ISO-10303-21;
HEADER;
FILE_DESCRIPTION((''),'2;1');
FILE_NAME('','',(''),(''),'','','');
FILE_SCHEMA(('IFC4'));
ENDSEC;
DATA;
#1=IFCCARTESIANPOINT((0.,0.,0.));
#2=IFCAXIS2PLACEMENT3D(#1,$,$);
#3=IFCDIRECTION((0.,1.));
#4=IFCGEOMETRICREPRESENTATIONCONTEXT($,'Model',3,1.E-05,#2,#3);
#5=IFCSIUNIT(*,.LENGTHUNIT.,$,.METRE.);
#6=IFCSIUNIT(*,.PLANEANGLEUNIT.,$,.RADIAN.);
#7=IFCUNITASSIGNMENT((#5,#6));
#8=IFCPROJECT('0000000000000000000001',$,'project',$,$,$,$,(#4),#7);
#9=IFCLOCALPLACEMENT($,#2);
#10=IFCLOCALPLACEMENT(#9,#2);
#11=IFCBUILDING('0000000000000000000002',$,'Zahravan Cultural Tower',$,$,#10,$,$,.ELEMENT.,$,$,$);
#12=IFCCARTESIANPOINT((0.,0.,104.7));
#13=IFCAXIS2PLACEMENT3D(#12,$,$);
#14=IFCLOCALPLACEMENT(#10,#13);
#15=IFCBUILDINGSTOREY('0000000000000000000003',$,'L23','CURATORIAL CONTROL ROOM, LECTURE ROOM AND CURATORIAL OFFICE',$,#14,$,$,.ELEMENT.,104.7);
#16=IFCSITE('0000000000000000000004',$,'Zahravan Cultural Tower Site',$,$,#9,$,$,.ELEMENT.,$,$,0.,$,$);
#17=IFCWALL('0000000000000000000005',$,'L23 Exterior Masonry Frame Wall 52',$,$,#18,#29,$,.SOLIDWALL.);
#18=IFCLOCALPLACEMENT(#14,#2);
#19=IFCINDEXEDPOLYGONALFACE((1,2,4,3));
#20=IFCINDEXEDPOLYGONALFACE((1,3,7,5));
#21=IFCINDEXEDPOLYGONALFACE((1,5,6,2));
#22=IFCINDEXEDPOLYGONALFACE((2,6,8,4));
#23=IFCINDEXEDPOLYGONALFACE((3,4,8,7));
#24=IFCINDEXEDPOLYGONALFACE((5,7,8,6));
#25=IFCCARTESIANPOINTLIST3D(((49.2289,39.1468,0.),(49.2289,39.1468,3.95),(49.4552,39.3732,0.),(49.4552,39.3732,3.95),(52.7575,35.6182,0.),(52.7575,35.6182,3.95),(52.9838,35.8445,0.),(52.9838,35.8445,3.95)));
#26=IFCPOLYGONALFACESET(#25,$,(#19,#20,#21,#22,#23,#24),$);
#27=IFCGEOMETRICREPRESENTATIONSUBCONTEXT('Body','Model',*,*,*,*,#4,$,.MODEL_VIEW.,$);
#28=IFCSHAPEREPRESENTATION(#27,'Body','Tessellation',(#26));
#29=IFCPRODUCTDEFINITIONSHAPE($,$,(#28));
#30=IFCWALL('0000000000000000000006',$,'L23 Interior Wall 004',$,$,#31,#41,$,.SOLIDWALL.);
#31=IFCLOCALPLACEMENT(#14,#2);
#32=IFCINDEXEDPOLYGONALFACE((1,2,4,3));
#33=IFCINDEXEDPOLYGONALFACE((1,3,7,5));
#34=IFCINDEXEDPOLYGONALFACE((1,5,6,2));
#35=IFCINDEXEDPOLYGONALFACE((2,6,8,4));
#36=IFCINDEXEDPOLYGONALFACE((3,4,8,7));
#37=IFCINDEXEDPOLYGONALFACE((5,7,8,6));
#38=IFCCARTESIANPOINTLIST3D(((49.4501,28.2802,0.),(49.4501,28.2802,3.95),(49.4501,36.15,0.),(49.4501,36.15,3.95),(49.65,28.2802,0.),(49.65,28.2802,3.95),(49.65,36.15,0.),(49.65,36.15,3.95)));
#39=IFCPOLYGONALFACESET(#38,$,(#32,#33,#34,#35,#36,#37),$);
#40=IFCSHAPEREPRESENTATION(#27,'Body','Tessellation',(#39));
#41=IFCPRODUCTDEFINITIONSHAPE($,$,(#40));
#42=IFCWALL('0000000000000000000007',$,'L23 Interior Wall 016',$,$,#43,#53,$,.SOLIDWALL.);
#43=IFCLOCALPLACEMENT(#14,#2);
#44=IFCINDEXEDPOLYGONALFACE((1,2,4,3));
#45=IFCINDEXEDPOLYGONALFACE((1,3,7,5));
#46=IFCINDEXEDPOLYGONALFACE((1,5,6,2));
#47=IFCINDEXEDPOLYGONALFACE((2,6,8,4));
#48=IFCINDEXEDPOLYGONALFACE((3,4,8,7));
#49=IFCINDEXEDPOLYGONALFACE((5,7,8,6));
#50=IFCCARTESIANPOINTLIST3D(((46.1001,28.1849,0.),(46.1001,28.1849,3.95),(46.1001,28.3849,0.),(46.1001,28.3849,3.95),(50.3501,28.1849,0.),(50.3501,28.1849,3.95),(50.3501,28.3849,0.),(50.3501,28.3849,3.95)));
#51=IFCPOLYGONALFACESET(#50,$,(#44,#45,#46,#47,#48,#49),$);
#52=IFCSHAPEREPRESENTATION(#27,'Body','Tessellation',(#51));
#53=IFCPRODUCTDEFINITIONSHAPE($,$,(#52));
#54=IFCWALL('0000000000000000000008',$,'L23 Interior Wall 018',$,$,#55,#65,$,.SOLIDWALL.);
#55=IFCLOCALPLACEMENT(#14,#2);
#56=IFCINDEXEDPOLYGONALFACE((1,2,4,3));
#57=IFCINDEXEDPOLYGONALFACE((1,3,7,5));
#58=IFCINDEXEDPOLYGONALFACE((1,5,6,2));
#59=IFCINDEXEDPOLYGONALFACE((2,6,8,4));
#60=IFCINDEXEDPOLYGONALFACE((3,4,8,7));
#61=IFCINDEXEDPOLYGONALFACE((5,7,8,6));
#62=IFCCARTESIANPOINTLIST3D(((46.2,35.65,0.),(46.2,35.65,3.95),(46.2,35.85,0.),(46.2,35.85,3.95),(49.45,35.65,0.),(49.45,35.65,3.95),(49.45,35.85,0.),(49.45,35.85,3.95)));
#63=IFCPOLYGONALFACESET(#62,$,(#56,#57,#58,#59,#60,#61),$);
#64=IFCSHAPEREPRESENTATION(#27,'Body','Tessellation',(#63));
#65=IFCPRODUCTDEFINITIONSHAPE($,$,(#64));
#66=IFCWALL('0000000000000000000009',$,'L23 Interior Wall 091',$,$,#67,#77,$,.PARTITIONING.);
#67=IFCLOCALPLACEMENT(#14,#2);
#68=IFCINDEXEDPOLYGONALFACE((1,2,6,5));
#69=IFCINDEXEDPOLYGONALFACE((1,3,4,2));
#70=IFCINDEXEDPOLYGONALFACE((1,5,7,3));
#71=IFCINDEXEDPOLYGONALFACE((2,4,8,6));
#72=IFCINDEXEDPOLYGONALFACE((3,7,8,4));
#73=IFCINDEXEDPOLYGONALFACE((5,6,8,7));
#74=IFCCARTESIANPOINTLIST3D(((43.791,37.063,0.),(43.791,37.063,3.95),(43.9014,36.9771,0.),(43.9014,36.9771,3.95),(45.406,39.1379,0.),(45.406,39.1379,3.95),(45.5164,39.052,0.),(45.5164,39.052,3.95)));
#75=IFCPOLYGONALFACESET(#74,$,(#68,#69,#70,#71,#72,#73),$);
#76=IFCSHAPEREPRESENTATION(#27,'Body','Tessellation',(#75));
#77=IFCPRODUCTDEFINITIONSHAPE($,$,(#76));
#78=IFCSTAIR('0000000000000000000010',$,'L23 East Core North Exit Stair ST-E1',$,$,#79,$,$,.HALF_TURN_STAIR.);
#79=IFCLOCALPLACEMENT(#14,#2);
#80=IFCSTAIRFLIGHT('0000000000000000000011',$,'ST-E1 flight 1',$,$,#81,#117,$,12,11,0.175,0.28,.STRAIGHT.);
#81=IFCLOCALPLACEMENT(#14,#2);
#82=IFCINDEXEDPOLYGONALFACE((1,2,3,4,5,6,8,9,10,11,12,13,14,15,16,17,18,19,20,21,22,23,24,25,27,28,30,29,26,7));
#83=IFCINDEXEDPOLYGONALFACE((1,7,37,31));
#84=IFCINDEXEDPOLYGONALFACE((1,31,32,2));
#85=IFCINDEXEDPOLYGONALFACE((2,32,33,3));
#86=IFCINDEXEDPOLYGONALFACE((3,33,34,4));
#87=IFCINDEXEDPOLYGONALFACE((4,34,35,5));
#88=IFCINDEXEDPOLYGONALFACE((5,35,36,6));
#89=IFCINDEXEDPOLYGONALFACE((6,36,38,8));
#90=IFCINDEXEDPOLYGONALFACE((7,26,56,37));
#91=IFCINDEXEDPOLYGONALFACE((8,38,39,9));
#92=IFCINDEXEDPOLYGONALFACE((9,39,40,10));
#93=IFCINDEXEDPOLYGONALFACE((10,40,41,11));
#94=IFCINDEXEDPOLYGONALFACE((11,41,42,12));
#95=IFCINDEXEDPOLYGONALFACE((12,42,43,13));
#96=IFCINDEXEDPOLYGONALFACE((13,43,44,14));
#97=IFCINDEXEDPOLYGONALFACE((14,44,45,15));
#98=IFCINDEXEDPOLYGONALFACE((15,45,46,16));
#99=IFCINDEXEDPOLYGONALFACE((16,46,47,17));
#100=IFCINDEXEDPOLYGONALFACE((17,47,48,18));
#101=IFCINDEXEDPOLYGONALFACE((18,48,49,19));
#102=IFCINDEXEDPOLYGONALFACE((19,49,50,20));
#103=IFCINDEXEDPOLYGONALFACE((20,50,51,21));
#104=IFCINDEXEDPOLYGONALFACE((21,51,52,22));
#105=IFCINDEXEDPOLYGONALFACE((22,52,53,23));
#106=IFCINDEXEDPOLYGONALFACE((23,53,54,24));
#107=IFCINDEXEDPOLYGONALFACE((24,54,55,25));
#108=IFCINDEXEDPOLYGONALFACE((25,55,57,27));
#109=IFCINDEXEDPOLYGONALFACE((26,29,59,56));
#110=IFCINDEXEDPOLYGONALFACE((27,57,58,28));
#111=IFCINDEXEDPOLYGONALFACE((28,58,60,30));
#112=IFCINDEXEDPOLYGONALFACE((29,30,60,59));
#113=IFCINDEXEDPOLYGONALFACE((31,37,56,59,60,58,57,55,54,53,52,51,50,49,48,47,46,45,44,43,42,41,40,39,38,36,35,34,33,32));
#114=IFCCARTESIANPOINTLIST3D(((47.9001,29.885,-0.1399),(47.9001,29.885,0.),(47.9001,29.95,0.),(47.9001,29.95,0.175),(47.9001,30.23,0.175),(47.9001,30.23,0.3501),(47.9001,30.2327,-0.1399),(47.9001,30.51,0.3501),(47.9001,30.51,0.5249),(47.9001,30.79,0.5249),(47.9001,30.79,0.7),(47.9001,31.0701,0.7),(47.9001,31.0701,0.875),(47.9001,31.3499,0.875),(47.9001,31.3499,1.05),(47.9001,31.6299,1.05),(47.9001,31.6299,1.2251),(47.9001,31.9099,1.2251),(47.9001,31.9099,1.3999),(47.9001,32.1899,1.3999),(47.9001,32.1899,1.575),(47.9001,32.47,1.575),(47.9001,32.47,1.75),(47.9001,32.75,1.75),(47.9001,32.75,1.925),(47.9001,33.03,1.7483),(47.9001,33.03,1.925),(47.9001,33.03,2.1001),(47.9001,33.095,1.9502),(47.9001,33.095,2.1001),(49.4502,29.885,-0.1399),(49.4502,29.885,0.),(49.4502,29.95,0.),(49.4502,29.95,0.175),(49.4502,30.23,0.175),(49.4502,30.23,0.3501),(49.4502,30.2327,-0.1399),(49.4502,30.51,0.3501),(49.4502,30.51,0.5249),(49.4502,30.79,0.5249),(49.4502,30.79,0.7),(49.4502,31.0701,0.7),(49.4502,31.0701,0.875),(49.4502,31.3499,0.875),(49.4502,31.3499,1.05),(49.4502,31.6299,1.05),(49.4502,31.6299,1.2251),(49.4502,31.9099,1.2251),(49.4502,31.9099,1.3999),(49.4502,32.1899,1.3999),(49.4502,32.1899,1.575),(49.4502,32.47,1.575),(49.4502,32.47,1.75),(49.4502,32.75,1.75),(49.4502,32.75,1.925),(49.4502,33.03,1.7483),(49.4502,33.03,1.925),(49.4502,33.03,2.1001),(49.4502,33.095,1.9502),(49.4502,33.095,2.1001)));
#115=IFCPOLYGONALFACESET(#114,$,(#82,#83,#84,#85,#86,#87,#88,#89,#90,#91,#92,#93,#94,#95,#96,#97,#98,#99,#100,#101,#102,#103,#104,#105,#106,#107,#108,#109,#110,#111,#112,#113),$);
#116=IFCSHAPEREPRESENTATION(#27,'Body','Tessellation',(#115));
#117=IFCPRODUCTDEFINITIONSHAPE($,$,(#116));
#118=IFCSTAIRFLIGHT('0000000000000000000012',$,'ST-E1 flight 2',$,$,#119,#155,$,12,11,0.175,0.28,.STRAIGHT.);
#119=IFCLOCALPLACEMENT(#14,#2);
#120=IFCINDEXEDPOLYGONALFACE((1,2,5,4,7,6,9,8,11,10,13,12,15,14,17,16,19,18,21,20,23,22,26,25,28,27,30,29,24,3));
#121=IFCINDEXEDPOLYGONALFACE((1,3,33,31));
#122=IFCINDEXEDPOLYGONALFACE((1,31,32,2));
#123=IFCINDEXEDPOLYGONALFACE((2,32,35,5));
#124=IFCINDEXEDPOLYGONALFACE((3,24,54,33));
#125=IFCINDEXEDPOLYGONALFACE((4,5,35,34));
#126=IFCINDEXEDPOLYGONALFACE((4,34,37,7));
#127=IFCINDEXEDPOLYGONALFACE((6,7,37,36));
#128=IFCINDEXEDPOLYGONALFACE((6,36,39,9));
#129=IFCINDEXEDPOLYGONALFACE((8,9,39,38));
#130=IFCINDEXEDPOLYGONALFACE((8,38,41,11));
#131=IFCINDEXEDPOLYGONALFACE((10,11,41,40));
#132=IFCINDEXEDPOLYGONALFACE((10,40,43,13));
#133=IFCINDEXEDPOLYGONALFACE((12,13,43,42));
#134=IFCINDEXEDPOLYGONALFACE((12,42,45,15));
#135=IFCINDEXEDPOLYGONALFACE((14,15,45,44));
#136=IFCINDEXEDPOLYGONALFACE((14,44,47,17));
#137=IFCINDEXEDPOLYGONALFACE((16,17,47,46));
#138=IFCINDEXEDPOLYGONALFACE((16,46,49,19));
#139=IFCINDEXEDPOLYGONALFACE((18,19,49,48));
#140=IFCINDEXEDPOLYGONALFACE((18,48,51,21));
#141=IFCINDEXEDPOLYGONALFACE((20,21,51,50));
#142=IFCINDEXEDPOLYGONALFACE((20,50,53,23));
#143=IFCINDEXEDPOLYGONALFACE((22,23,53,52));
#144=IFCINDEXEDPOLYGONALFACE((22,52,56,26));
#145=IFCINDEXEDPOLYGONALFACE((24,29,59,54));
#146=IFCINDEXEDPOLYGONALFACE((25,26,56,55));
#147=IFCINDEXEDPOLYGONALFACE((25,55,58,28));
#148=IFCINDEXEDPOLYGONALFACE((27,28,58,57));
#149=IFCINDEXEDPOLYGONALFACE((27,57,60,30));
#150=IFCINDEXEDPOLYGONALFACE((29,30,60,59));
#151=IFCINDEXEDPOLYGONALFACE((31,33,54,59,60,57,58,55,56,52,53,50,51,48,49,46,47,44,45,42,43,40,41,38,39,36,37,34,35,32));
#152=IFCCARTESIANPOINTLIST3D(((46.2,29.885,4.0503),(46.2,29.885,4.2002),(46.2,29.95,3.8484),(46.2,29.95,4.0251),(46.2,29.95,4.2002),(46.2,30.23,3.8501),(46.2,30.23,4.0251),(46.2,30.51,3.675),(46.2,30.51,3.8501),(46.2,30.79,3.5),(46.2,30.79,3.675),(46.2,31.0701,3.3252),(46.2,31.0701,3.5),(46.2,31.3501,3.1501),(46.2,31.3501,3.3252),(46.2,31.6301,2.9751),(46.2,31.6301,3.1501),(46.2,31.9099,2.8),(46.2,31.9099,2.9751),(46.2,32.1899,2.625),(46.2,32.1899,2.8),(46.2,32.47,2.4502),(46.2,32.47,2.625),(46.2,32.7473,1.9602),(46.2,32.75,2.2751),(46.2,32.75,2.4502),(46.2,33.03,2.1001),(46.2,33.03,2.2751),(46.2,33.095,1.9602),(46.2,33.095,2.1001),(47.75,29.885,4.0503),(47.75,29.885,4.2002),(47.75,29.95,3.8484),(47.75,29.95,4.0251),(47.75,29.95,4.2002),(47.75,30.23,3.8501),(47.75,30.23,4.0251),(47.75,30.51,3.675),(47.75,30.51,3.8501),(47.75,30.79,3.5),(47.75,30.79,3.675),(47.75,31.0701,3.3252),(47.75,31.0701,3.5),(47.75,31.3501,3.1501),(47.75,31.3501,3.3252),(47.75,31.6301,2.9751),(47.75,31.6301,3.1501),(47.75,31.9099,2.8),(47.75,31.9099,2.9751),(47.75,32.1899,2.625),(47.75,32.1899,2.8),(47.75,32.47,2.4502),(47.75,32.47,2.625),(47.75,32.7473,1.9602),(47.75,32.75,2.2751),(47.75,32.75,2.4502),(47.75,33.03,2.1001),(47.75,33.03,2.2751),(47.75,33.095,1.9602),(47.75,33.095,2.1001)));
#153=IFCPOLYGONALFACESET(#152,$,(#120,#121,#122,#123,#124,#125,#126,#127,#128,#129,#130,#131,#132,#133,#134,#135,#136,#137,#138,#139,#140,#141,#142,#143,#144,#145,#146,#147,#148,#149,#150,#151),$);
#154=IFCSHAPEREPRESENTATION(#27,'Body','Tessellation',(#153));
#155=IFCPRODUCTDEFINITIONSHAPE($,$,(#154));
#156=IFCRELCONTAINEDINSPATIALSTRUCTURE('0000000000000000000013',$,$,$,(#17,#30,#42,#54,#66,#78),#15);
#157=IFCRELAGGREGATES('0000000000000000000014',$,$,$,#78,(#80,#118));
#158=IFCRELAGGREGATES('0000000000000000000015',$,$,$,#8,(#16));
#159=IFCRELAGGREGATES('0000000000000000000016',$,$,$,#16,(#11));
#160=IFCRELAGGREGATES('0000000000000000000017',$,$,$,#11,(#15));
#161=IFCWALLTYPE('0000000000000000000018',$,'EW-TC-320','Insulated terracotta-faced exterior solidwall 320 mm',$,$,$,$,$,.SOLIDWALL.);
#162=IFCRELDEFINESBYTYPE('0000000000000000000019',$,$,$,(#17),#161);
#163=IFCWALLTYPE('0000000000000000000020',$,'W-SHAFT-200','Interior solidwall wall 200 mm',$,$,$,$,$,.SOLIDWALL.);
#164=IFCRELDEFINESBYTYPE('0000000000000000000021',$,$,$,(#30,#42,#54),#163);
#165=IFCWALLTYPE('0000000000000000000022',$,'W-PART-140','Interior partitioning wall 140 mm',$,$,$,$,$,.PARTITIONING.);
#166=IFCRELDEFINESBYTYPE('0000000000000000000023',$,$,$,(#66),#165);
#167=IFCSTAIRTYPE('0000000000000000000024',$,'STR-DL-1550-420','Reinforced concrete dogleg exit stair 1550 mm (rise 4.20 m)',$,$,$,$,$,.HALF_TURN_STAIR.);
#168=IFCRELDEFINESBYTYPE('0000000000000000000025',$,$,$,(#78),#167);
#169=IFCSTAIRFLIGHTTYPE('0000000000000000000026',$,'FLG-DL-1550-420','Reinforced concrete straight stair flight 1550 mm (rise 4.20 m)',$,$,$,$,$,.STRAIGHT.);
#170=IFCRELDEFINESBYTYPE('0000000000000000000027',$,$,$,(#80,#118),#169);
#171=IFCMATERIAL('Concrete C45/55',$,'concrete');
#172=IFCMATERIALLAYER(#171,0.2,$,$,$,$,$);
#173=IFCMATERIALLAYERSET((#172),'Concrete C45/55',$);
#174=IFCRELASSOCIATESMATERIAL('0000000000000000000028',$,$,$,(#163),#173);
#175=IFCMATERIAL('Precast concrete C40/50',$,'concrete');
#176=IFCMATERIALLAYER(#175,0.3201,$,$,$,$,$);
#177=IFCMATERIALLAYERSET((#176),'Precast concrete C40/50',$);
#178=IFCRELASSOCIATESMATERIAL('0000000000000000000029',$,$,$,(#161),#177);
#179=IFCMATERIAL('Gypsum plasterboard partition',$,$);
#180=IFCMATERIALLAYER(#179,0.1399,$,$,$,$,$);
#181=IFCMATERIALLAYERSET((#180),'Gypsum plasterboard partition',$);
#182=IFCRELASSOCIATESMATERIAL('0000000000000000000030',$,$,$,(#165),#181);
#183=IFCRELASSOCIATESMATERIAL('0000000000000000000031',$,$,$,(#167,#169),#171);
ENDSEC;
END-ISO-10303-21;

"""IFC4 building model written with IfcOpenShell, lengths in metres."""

from ifc_helpers import new_model, si_unit, direction, frame, frame_2d, origin, place, context, subcontext, project, spatial, polyline, rectangle, outline, extrude, source, transform, mapped, material, layer, layer_set, type_object, element, aggregate, save


model = new_model("IFC4")

# Units and contexts
model_context = context("Model", 3, precision=1e-05, world=origin(), true_north=direction((0.0, 1.0)))
body_context = subcontext(model_context, "Body", "Model", "MODEL_VIEW")
ifc_project = project(units=[si_unit("LENGTHUNIT", "METRE"), si_unit("PLANEANGLEUNIT", "RADIAN")], contexts=[model_context])

# Site, building, storey
site_placement = place(None, origin())
site = spatial("IfcSite", under=ifc_project, at=site_placement, Name="Zahravan Cultural Tower Site", CompositionType="ELEMENT", RefElevation=0.0)
building_placement = place(site_placement, origin())
building = spatial("IfcBuilding", under=site, at=building_placement, Name="Zahravan Cultural Tower", CompositionType="ELEMENT")
storey_placement = place(building_placement, frame((0.0, 0.0, 104.7)))
storey = spatial("IfcBuildingStorey", under=building, at=storey_placement, Name="L23", Description="CURATORIAL CONTROL ROOM, LECTURE ROOM AND CURATORIAL OFFICE", CompositionType="ELEMENT", Elevation=104.7)

# Shared definitions
ifc_material_1 = material(Name="Concrete C45/55", Category="concrete")
ifc_layer_1 = layer(ifc_material_1, 0.2)
ifc_layer_set_1 = layer_set([ifc_layer_1], Name="Concrete C45/55")
wall_type_1 = type_object("IfcWallType", Name="W-SHAFT-200", Description="Interior solidwall wall 200 mm", PredefinedType="SOLIDWALL", material=ifc_layer_set_1)

# Walls
ifc_material_2 = material(Name="Precast concrete C40/50", Category="concrete")
ifc_layer_2 = layer(ifc_material_2, 0.3201)
ifc_layer_set_2 = layer_set([ifc_layer_2], Name="Precast concrete C40/50")
wall_type_2 = type_object("IfcWallType", Name="EW-TC-320", Description="Insulated terracotta-faced exterior solidwall 320 mm", PredefinedType="SOLIDWALL", material=ifc_layer_set_2)
shared_shape_1 = source(origin(), body_context, "Body", "SweptSolid", [
    extrude(rectangle(XDim=4.9902, YDim=0.3201, at=frame_2d((2.4951, 0.0))), origin(), (0.0, 0.0, 1.0), 3.95),
])
wall_1_placement = place(storey_placement, frame((49.342, 39.26, 0.0), z_axis=(0.0, 0.0, 1.0), x_axis=(0.707107, -0.707107, 0.0)))
element("IfcWall", 1, at=wall_1_placement, inside=storey, type_object=wall_type_2, Name="L23 Exterior Masonry Frame Wall 52", PredefinedType="SOLIDWALL", context=body_context, shape_type="MappedRepresentation", body=[
    mapped(shared_shape_1, transform((0.0, 0.0, 0.0), x_axis=(1.0, 0.0, 0.0), y_axis=(0.0, 1.0, 0.0), z_axis=(0.0, 0.0, 1.0), scale=1.0)),
])
shared_shape_2 = source(origin(), body_context, "Body", "SweptSolid", [
    extrude(rectangle(XDim=7.8699, YDim=0.2, at=frame_2d((3.9351, 0.0))), origin(), (0.0, 0.0, 1.0), 3.95),
])
wall_2_placement = place(storey_placement, frame((49.55, 28.28, 0.0), z_axis=(0.0, 0.0, 1.0), x_axis=(0.0, 1.0, 0.0)))
element("IfcWall", 2, at=wall_2_placement, inside=storey, type_object=wall_type_1, Name="L23 Interior Wall 004", PredefinedType="SOLIDWALL", context=body_context, shape_type="MappedRepresentation", body=[
    mapped(shared_shape_2, transform((0.0, 0.0, 0.0), x_axis=(1.0, 0.0, 0.0), y_axis=(0.0, 1.0, 0.0), z_axis=(0.0, 0.0, 1.0), scale=1.0)),
])
shared_shape_3 = source(origin(), body_context, "Body", "SweptSolid", [
    extrude(rectangle(XDim=4.25, YDim=0.2, at=frame_2d((2.125, 0.0))), origin(), (0.0, 0.0, 1.0), 3.95),
])
wall_3_placement = place(storey_placement, frame((46.1001, 28.2849, 0.0), z_axis=(0.0, 0.0, 1.0), x_axis=(1.0, 0.0, 0.0)))
element("IfcWall", 3, at=wall_3_placement, inside=storey, type_object=wall_type_1, Name="L23 Interior Wall 016", PredefinedType="SOLIDWALL", context=body_context, shape_type="MappedRepresentation", body=[
    mapped(shared_shape_3, transform((0.0, 0.0, 0.0), x_axis=(1.0, 0.0, 0.0), y_axis=(0.0, 1.0, 0.0), z_axis=(0.0, 0.0, 1.0), scale=1.0)),
])
shared_shape_4 = source(origin(), body_context, "Body", "SweptSolid", [
    extrude(rectangle(XDim=3.25, YDim=0.2, at=frame_2d((1.625, 0.0))), origin(), (0.0, 0.0, 1.0), 3.95),
])
wall_4_placement = place(storey_placement, frame((46.2, 35.75, 0.0), z_axis=(0.0, 0.0, 1.0), x_axis=(1.0, 0.0, 0.0)))
element("IfcWall", 4, at=wall_4_placement, inside=storey, type_object=wall_type_1, Name="L23 Interior Wall 018", PredefinedType="SOLIDWALL", context=body_context, shape_type="MappedRepresentation", body=[
    mapped(shared_shape_4, transform((0.0, 0.0, 0.0), x_axis=(1.0, 0.0, 0.0), y_axis=(0.0, 1.0, 0.0), z_axis=(0.0, 0.0, 1.0), scale=1.0)),
])
ifc_material_3 = material(Name="Gypsum plasterboard partition")
ifc_layer_3 = layer(ifc_material_3, 0.1399)
ifc_layer_set_3 = layer_set([ifc_layer_3], Name="Gypsum plasterboard partition")
wall_type_3 = type_object("IfcWallType", Name="W-PART-140", Description="Interior partitioning wall 140 mm", PredefinedType="PARTITIONING", material=ifc_layer_set_3)
shared_shape_5 = source(origin(), body_context, "Body", "SweptSolid", [
    extrude(rectangle(XDim=2.6294, YDim=0.1399, at=frame_2d((1.3147, 0.0))), origin(), (0.0, 0.0, 1.0), 3.95),
])
wall_5_placement = place(storey_placement, frame((43.8462, 37.02, 0.0), z_axis=(0.0, 0.0, 1.0), x_axis=(0.614211, 0.789142, 0.0)))
element("IfcWall", 5, at=wall_5_placement, inside=storey, type_object=wall_type_3, Name="L23 Interior Wall 091", PredefinedType="PARTITIONING", context=body_context, shape_type="MappedRepresentation", body=[
    mapped(shared_shape_5, transform((0.0, 0.0, 0.0), x_axis=(1.0, 0.0, 0.0), y_axis=(0.0, 1.0, 0.0), z_axis=(0.0, 0.0, 1.0), scale=1.0)),
])

# Stair, stair flights
stair_type = type_object("IfcStairType", Name="STR-DL-1550-420", Description="Reinforced concrete dogleg exit stair 1550 mm (rise 4.20 m)", PredefinedType="HALF_TURN_STAIR", material=ifc_material_1)
stair_placement = place(storey_placement, origin())
stair = element("IfcStair", 6, at=stair_placement, inside=storey, type_object=stair_type, Name="L23 East Core North Exit Stair ST-E1", PredefinedType="HALF_TURN_STAIR")
stair_flight_type = type_object("IfcStairFlightType", Name="FLG-DL-1550-420", Description="Reinforced concrete straight stair flight 1550 mm (rise 4.20 m)", PredefinedType="STRAIGHT", material=ifc_material_1)
stair_flight_1_placement = place(storey_placement, frame((48.675, 29.95, 0.0), z_axis=(0.0, 0.0, 1.0), x_axis=(0.0, 1.0, 0.0)))
stair_flight_1 = element("IfcStairFlight", 7, at=stair_flight_1_placement, type_object=stair_flight_type, Name="ST-E1 flight 1", NumberOfRisers=12, NumberOfTreads=11, PredefinedType="STRAIGHT", RiserHeight=0.175, TreadLength=0.28, context=body_context, shape_type="SweptSolid", body=[
    extrude(outline(polyline([(-0.0649, -0.1399), (-0.0649, 0.0), (0.0, 0.0), (0.0, 0.175), (0.28, 0.175), (0.28, 0.3501), (0.5601, 0.3501), (0.5601, 0.5249), (0.8401, 0.5249), (0.8401, 0.7), (1.1201, 0.7), (1.1201, 0.875), (1.3999, 0.875), (1.3999, 1.05), (1.6799, 1.05), (1.6799, 1.2251), (1.96, 1.2251), (1.96, 1.3999), (2.24, 1.3999), (2.24, 1.575), (2.52, 1.575), (2.52, 1.75), (2.8, 1.75), (2.8, 1.925), (3.0801, 1.925), (3.0801, 2.1001), (3.145, 2.1001), (3.145, 1.9502), (3.0801, 1.7483), (0.2827, -0.1399), (-0.0649, -0.1399)])), frame((0.0, 0.7749, 0.0), z_axis=(0.0, -1.0, 0.0), x_axis=(1.0, 0.0, 0.0)), (0.0, 0.0, 1.0), 1.55),
])
stair_flight_2_placement = place(storey_placement, frame((46.9751, 33.03, 2.1001), z_axis=(0.0, 0.0, 1.0), x_axis=(0.0, -1.0, 0.0)))
stair_flight_2 = element("IfcStairFlight", 8, at=stair_flight_2_placement, type_object=stair_flight_type, Name="ST-E1 flight 2", NumberOfRisers=12, NumberOfTreads=11, PredefinedType="STRAIGHT", RiserHeight=0.175, TreadLength=0.28, context=body_context, shape_type="SweptSolid", body=[
    extrude(outline(polyline([(-0.0649, -0.1399), (-0.0649, 0.0), (0.0, 0.0), (0.0, 0.175), (0.28, 0.175), (0.28, 0.3501), (0.5601, 0.3501), (0.5601, 0.5249), (0.8401, 0.5249), (0.8401, 0.7), (1.1201, 0.7), (1.1201, 0.875), (1.3999, 0.875), (1.3999, 1.05), (1.6799, 1.05), (1.6799, 1.2251), (1.96, 1.2251), (1.96, 1.3999), (2.24, 1.3999), (2.24, 1.575), (2.52, 1.575), (2.52, 1.75), (2.8, 1.75), (2.8, 1.925), (3.0801, 1.925), (3.0801, 2.1001), (3.145, 2.1001), (3.145, 1.9502), (3.0801, 1.7483), (0.2827, -0.1399), (-0.0649, -0.1399)])), frame((0.0, 0.7749, 0.0), z_axis=(0.0, -1.0, 0.0), x_axis=(1.0, 0.0, 0.0)), (0.0, 0.0, 1.0), 1.55),
])
aggregate(stair, [stair_flight_1, stair_flight_2])

save(model, "model.ifc")
